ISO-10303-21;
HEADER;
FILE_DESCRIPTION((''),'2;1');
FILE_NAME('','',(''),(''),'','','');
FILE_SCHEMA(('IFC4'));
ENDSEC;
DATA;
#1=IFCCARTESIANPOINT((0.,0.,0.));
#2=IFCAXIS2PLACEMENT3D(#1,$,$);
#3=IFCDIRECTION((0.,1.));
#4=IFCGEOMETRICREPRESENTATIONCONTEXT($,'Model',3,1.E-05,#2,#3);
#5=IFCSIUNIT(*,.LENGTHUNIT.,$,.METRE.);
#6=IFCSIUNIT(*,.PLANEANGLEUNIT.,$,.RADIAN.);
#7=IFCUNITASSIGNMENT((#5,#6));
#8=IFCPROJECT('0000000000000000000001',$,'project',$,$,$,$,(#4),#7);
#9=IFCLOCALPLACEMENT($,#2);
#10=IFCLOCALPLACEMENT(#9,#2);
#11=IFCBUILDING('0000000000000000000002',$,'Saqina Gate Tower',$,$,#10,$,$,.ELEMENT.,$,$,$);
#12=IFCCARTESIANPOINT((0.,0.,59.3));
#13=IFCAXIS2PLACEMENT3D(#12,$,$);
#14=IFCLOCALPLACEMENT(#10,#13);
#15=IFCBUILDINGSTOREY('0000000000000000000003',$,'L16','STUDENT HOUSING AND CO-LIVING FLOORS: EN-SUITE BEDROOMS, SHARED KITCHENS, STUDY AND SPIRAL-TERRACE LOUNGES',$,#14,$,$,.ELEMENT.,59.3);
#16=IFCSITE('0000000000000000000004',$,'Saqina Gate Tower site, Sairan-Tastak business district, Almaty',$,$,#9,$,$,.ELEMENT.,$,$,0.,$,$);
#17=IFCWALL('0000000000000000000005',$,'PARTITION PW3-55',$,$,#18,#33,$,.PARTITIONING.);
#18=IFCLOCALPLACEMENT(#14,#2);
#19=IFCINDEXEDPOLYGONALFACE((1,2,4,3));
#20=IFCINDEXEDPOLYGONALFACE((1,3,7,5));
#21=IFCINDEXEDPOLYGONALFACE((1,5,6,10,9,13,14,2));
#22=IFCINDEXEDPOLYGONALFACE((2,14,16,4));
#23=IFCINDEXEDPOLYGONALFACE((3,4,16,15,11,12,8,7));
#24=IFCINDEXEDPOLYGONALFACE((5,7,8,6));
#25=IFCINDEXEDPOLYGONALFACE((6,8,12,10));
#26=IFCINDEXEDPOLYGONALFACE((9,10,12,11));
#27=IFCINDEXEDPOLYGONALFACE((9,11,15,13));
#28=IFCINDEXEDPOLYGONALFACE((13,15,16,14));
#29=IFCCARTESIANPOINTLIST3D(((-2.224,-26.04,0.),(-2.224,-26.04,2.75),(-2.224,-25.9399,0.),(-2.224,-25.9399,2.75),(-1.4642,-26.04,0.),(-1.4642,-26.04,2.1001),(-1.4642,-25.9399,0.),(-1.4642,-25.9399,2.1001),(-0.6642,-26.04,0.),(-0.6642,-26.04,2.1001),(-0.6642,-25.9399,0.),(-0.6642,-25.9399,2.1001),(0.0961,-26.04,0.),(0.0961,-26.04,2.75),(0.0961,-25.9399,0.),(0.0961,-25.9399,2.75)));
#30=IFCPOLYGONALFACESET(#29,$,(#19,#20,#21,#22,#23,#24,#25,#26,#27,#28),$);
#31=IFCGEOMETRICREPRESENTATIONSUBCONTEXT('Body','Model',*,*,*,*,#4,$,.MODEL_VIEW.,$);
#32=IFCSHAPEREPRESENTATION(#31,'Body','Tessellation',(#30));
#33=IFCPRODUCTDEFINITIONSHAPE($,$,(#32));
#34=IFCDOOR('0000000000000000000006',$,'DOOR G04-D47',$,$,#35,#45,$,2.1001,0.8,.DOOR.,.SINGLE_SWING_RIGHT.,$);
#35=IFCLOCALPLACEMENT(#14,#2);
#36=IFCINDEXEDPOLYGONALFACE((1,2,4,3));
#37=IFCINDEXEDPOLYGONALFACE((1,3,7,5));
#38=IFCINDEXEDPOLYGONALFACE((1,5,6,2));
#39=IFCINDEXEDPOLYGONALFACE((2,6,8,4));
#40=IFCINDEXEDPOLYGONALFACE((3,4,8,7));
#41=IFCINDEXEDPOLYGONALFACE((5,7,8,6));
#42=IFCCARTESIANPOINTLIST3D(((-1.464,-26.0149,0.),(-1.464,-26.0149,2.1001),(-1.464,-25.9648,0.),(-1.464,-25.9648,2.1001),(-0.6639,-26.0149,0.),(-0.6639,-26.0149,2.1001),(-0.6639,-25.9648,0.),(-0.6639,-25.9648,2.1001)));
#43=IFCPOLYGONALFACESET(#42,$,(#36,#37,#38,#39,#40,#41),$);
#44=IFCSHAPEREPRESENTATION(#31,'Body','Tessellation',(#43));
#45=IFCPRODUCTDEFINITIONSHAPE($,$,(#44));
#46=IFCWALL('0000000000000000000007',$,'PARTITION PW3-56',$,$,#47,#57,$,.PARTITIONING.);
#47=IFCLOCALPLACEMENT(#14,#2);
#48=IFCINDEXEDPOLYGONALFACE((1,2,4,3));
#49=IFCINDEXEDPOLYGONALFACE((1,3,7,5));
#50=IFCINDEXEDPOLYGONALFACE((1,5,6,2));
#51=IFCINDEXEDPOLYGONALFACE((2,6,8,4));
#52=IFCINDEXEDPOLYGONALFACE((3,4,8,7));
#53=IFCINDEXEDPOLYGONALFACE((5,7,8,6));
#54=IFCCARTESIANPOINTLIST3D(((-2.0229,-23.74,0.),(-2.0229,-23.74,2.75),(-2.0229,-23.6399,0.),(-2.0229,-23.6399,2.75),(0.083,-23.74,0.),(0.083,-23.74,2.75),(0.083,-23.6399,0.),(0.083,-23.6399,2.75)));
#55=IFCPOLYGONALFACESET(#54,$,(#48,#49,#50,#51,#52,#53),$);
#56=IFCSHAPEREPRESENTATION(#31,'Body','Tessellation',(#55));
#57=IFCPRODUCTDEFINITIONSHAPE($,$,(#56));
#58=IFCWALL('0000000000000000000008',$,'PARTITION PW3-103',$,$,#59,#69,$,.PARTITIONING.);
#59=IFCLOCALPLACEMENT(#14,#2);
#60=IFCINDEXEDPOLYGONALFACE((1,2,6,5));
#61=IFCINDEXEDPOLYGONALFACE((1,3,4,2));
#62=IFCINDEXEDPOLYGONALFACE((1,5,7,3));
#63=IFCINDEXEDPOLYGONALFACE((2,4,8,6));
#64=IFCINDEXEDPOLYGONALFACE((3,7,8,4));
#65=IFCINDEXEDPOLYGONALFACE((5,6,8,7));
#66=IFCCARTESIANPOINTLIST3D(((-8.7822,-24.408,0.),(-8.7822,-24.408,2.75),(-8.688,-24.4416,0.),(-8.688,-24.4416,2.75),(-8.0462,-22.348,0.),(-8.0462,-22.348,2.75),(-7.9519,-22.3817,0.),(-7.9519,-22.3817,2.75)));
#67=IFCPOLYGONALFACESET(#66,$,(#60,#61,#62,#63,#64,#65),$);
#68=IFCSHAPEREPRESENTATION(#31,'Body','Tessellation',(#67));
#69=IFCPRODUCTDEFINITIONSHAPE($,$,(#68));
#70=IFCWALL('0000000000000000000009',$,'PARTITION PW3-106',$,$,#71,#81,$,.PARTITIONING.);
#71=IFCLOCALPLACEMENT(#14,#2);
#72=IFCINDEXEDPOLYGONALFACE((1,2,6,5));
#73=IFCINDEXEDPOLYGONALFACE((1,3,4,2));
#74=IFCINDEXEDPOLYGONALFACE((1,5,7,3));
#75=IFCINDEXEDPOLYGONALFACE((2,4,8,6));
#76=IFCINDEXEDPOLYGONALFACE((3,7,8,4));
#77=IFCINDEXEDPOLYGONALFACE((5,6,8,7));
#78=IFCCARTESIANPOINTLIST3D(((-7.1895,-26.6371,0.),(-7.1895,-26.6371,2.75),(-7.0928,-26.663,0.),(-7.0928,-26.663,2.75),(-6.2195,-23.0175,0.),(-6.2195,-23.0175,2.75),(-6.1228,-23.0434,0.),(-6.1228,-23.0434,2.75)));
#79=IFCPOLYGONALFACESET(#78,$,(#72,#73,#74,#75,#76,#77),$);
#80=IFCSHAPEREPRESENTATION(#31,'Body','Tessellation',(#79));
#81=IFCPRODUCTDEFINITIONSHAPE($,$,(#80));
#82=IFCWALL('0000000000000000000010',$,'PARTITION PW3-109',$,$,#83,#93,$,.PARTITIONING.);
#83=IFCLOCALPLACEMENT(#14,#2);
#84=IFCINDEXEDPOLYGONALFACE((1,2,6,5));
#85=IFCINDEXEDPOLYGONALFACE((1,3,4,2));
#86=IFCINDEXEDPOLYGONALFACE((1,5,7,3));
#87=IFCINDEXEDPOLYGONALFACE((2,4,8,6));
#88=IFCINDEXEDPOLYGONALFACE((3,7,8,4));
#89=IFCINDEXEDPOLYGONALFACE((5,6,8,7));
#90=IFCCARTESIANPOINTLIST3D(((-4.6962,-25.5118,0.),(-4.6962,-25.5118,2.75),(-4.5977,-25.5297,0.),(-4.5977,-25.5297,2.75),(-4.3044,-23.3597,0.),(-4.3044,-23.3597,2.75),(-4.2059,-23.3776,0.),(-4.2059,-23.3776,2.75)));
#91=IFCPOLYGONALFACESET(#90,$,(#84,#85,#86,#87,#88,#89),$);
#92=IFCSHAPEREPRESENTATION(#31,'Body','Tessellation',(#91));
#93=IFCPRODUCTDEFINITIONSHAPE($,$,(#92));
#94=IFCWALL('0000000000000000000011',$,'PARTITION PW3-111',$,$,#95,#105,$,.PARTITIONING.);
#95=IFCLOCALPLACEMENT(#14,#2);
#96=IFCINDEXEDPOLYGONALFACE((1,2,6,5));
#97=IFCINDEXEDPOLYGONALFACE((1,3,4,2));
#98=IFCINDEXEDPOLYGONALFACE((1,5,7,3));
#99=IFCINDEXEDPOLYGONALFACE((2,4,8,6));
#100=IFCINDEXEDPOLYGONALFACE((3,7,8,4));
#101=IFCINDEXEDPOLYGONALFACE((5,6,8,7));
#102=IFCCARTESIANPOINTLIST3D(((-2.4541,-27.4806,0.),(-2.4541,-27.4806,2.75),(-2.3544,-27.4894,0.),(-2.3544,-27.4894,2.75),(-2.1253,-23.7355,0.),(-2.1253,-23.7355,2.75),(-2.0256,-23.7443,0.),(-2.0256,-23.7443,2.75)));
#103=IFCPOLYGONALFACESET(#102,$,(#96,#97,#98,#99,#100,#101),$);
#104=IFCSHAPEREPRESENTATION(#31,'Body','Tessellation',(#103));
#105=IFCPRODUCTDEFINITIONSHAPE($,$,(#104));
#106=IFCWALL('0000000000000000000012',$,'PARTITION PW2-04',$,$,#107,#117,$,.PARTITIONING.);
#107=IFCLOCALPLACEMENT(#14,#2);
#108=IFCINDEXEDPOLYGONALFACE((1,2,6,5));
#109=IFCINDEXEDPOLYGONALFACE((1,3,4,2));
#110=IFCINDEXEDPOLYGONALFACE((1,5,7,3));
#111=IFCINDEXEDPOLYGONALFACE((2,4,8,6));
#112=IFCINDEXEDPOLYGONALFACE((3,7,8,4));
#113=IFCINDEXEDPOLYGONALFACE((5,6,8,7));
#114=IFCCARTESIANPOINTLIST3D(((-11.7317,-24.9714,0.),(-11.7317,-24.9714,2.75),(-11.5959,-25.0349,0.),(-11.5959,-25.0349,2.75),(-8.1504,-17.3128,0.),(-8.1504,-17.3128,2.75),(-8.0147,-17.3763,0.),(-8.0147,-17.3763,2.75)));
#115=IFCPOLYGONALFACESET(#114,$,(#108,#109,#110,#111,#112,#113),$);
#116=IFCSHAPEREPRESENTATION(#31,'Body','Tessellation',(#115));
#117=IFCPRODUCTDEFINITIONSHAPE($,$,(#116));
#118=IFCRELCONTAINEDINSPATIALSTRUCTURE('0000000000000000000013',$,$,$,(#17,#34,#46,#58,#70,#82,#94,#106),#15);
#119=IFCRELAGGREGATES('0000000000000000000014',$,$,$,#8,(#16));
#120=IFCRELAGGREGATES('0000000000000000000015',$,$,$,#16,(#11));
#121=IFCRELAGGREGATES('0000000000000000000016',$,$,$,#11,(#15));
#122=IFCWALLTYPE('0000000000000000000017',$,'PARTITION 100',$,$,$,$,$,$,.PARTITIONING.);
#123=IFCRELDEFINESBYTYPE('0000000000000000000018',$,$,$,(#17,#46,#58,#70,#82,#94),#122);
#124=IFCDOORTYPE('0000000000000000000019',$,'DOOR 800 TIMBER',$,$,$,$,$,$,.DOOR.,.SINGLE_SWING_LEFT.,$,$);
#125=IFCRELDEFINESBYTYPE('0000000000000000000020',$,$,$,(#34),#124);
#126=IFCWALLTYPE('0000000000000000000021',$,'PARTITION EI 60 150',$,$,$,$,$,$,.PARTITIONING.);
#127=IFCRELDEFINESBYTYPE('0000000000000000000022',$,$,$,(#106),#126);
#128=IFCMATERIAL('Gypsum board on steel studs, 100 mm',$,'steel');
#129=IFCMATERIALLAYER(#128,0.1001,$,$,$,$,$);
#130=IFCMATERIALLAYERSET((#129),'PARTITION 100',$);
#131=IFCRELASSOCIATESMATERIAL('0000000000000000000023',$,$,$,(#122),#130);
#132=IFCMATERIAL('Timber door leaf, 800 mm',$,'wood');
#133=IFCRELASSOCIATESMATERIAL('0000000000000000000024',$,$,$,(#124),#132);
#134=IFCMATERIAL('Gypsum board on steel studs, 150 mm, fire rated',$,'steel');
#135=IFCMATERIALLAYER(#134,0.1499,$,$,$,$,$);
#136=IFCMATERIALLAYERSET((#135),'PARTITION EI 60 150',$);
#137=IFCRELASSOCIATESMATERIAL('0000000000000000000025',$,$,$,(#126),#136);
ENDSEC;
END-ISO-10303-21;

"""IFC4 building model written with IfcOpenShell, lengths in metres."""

from ifc_helpers import new_model, si_unit, direction, frame, frame_2d, origin, place, context, subcontext, project, spatial, rectangle, extrude, material, layer, layer_set, type_object, element, fill, save


model = new_model("IFC4")

# Units and contexts
model_context = context("Model", 3, precision=1e-05, world=origin(), true_north=direction((0.0, 1.0)))
body_context = subcontext(model_context, "Body", "Model", "MODEL_VIEW")
ifc_project = project(units=[si_unit("LENGTHUNIT", "METRE"), si_unit("PLANEANGLEUNIT", "RADIAN")], contexts=[model_context])

# Site, building, storey
site_placement = place(None, origin())
site = spatial("IfcSite", under=ifc_project, at=site_placement, Name="Saqina Gate Tower site, Sairan-Tastak business district, Almaty", CompositionType="ELEMENT", RefElevation=0.0)
building_placement = place(site_placement, origin())
building = spatial("IfcBuilding", under=site, at=building_placement, Name="Saqina Gate Tower", CompositionType="ELEMENT")
storey_placement = place(building_placement, frame((0.0, 0.0, 59.3)))
storey = spatial("IfcBuildingStorey", under=building, at=storey_placement, Name="L16", Description="STUDENT HOUSING AND CO-LIVING FLOORS: EN-SUITE BEDROOMS, SHARED KITCHENS, STUDY AND SPIRAL-TERRACE LOUNGES", CompositionType="ELEMENT", Elevation=59.3)

# Wall, opening, door
ifc_material_1 = material(Name="Gypsum board on steel studs, 100 mm", Category="steel")
ifc_layer_1 = layer(ifc_material_1, 0.1001)
ifc_layer_set_1 = layer_set([ifc_layer_1], Name="PARTITION 100")
wall_type_1 = type_object("IfcWallType", Name="PARTITION 100", PredefinedType="PARTITIONING", material=ifc_layer_set_1)
ifc_material_2 = material(Name="Timber door leaf, 800 mm", Category="wood")
door_type = type_object("IfcDoorType", Name="DOOR 800 TIMBER", OperationType="SINGLE_SWING_LEFT", PredefinedType="DOOR", material=ifc_material_2)
wall_1_placement = place(storey_placement, frame((-2.2241, -25.99, 0.0), z_axis=(0.0, 0.0, 1.0), x_axis=(1.0, 0.0, 0.0)))
wall_1 = element("IfcWall", 1, at=wall_1_placement, inside=storey, type_object=wall_type_1, Name="PARTITION PW3-55", PredefinedType="PARTITIONING", context=body_context, shape_type="SweptSolid", body=[
    extrude(rectangle(XDim=2.3201, YDim=0.1001, at=frame_2d((1.1602, 0.0))), origin(), (0.0, 0.0, 1.0), 2.75),
])
opening_1_placement = place(wall_1_placement, frame((0.76, 0.0, 0.0)))
opening_1 = element("IfcOpeningElement", 2, at=opening_1_placement, cuts=wall_1, PredefinedType="OPENING", context=body_context, shape_type="SweptSolid", body=[
    extrude(rectangle(XDim=0.8, YDim=2.1001, at=frame_2d((0.3999, 1.05))), frame((0.0, 0.062, 0.0), z_axis=(0.0, -1.0, 0.0), x_axis=(1.0, 0.0, 0.0)), (0.0, 0.0, 1.0), 0.124),
])
door_1_placement = place(opening_1_placement, frame((0.8, 0.0, 0.0), z_axis=(0.0, 0.0, 1.0), x_axis=(-1.0, 0.0, 0.0)))
door_1 = element("IfcDoor", 3, at=door_1_placement, inside=storey, type_object=door_type, Name="DOOR G04-D47", OperationType="SINGLE_SWING_RIGHT", OverallHeight=2.1001, OverallWidth=0.8, PredefinedType="DOOR", context=body_context, shape_type="SweptSolid", body=[
    extrude(rectangle(XDim=0.8, YDim=2.1001, at=frame_2d((0.3999, 1.05))), frame((0.0, 0.0249, 0.0), z_axis=(0.0, -1.0, 0.0), x_axis=(1.0, 0.0, 0.0)), (0.0, 0.0, 1.0), 0.05),
])
fill(opening_1, door_1)

# Walls
wall_2_placement = place(storey_placement, frame((-2.0229, -23.6899, 0.0), z_axis=(0.0, 0.0, 1.0), x_axis=(1.0, 0.0, 0.0)))
element("IfcWall", 4, at=wall_2_placement, inside=storey, type_object=wall_type_1, Name="PARTITION PW3-56", PredefinedType="PARTITIONING", context=body_context, shape_type="SweptSolid", body=[
    extrude(rectangle(XDim=2.106, YDim=0.1001, at=frame_2d((1.053, 0.0))), origin(), (0.0, 0.0, 1.0), 2.75),
])
wall_3_placement = place(storey_placement, frame((-8.7351, -24.4248, 0.0), z_axis=(0.0, 0.0, 1.0), x_axis=(0.336478, 0.941691, 0.0)))
element("IfcWall", 5, at=wall_3_placement, inside=storey, type_object=wall_type_1, Name="PARTITION PW3-103", PredefinedType="PARTITIONING", context=body_context, shape_type="SweptSolid", body=[
    extrude(rectangle(XDim=2.1875, YDim=0.1001, at=frame_2d((1.0938, 0.0))), origin(), (0.0, 0.0, 1.0), 2.75),
])
wall_4_placement = place(storey_placement, frame((-7.1411, -26.6499, 0.0), z_axis=(0.0, 0.0, 1.0), x_axis=(0.258842, 0.96592, 0.0)))
element("IfcWall", 6, at=wall_4_placement, inside=storey, type_object=wall_type_1, Name="PARTITION PW3-106", PredefinedType="PARTITIONING", context=body_context, shape_type="SweptSolid", body=[
    extrude(rectangle(XDim=3.7473, YDim=0.1001, at=frame_2d((1.8735, 0.0))), origin(), (0.0, 0.0, 1.0), 2.75),
])
wall_5_placement = place(storey_placement, frame((-4.647, -25.5208, 0.0), z_axis=(0.0, 0.0, 1.0), x_axis=(0.179131, 0.983825, 0.0)))
element("IfcWall", 7, at=wall_5_placement, inside=storey, type_object=wall_type_1, Name="PARTITION PW3-109", PredefinedType="PARTITIONING", context=body_context, shape_type="SweptSolid", body=[
    extrude(rectangle(XDim=2.1875, YDim=0.1001, at=frame_2d((1.0938, 0.0))), origin(), (0.0, 0.0, 1.0), 2.75),
])
wall_6_placement = place(storey_placement, frame((-2.4043, -27.4851, 0.0), z_axis=(0.0, 0.0, 1.0), x_axis=(0.087473, 0.996167, 0.0)))
element("IfcWall", 8, at=wall_6_placement, inside=storey, type_object=wall_type_1, Name="PARTITION PW3-111", PredefinedType="PARTITIONING", context=body_context, shape_type="SweptSolid", body=[
    extrude(rectangle(XDim=3.7595, YDim=0.1001, at=frame_2d((1.8799, 0.0))), origin(), (0.0, 0.0, 1.0), 2.75),
])
ifc_material_3 = material(Name="Gypsum board on steel studs, 150 mm, fire rated", Category="steel")
ifc_layer_2 = layer(ifc_material_3, 0.1499)
ifc_layer_set_2 = layer_set([ifc_layer_2], Name="PARTITION EI 60 150")
wall_type_2 = type_object("IfcWallType", Name="PARTITION EI 60 150", PredefinedType="PARTITIONING", material=ifc_layer_set_2)
wall_7_placement = place(storey_placement, frame((-11.6638, -25.0032, 0.0), z_axis=(0.0, 0.0, 1.0), x_axis=(0.423589, 0.905855, 0.0)))
element("IfcWall", 9, at=wall_7_placement, inside=storey, type_object=wall_type_2, Name="PARTITION PW2-04", PredefinedType="PARTITIONING", context=body_context, shape_type="SweptSolid", body=[
    extrude(rectangle(XDim=8.4546, YDim=0.1499, at=frame_2d((4.2273, 0.0))), origin(), (0.0, 0.0, 1.0), 2.75),
])

save(model, "model.ifc")
